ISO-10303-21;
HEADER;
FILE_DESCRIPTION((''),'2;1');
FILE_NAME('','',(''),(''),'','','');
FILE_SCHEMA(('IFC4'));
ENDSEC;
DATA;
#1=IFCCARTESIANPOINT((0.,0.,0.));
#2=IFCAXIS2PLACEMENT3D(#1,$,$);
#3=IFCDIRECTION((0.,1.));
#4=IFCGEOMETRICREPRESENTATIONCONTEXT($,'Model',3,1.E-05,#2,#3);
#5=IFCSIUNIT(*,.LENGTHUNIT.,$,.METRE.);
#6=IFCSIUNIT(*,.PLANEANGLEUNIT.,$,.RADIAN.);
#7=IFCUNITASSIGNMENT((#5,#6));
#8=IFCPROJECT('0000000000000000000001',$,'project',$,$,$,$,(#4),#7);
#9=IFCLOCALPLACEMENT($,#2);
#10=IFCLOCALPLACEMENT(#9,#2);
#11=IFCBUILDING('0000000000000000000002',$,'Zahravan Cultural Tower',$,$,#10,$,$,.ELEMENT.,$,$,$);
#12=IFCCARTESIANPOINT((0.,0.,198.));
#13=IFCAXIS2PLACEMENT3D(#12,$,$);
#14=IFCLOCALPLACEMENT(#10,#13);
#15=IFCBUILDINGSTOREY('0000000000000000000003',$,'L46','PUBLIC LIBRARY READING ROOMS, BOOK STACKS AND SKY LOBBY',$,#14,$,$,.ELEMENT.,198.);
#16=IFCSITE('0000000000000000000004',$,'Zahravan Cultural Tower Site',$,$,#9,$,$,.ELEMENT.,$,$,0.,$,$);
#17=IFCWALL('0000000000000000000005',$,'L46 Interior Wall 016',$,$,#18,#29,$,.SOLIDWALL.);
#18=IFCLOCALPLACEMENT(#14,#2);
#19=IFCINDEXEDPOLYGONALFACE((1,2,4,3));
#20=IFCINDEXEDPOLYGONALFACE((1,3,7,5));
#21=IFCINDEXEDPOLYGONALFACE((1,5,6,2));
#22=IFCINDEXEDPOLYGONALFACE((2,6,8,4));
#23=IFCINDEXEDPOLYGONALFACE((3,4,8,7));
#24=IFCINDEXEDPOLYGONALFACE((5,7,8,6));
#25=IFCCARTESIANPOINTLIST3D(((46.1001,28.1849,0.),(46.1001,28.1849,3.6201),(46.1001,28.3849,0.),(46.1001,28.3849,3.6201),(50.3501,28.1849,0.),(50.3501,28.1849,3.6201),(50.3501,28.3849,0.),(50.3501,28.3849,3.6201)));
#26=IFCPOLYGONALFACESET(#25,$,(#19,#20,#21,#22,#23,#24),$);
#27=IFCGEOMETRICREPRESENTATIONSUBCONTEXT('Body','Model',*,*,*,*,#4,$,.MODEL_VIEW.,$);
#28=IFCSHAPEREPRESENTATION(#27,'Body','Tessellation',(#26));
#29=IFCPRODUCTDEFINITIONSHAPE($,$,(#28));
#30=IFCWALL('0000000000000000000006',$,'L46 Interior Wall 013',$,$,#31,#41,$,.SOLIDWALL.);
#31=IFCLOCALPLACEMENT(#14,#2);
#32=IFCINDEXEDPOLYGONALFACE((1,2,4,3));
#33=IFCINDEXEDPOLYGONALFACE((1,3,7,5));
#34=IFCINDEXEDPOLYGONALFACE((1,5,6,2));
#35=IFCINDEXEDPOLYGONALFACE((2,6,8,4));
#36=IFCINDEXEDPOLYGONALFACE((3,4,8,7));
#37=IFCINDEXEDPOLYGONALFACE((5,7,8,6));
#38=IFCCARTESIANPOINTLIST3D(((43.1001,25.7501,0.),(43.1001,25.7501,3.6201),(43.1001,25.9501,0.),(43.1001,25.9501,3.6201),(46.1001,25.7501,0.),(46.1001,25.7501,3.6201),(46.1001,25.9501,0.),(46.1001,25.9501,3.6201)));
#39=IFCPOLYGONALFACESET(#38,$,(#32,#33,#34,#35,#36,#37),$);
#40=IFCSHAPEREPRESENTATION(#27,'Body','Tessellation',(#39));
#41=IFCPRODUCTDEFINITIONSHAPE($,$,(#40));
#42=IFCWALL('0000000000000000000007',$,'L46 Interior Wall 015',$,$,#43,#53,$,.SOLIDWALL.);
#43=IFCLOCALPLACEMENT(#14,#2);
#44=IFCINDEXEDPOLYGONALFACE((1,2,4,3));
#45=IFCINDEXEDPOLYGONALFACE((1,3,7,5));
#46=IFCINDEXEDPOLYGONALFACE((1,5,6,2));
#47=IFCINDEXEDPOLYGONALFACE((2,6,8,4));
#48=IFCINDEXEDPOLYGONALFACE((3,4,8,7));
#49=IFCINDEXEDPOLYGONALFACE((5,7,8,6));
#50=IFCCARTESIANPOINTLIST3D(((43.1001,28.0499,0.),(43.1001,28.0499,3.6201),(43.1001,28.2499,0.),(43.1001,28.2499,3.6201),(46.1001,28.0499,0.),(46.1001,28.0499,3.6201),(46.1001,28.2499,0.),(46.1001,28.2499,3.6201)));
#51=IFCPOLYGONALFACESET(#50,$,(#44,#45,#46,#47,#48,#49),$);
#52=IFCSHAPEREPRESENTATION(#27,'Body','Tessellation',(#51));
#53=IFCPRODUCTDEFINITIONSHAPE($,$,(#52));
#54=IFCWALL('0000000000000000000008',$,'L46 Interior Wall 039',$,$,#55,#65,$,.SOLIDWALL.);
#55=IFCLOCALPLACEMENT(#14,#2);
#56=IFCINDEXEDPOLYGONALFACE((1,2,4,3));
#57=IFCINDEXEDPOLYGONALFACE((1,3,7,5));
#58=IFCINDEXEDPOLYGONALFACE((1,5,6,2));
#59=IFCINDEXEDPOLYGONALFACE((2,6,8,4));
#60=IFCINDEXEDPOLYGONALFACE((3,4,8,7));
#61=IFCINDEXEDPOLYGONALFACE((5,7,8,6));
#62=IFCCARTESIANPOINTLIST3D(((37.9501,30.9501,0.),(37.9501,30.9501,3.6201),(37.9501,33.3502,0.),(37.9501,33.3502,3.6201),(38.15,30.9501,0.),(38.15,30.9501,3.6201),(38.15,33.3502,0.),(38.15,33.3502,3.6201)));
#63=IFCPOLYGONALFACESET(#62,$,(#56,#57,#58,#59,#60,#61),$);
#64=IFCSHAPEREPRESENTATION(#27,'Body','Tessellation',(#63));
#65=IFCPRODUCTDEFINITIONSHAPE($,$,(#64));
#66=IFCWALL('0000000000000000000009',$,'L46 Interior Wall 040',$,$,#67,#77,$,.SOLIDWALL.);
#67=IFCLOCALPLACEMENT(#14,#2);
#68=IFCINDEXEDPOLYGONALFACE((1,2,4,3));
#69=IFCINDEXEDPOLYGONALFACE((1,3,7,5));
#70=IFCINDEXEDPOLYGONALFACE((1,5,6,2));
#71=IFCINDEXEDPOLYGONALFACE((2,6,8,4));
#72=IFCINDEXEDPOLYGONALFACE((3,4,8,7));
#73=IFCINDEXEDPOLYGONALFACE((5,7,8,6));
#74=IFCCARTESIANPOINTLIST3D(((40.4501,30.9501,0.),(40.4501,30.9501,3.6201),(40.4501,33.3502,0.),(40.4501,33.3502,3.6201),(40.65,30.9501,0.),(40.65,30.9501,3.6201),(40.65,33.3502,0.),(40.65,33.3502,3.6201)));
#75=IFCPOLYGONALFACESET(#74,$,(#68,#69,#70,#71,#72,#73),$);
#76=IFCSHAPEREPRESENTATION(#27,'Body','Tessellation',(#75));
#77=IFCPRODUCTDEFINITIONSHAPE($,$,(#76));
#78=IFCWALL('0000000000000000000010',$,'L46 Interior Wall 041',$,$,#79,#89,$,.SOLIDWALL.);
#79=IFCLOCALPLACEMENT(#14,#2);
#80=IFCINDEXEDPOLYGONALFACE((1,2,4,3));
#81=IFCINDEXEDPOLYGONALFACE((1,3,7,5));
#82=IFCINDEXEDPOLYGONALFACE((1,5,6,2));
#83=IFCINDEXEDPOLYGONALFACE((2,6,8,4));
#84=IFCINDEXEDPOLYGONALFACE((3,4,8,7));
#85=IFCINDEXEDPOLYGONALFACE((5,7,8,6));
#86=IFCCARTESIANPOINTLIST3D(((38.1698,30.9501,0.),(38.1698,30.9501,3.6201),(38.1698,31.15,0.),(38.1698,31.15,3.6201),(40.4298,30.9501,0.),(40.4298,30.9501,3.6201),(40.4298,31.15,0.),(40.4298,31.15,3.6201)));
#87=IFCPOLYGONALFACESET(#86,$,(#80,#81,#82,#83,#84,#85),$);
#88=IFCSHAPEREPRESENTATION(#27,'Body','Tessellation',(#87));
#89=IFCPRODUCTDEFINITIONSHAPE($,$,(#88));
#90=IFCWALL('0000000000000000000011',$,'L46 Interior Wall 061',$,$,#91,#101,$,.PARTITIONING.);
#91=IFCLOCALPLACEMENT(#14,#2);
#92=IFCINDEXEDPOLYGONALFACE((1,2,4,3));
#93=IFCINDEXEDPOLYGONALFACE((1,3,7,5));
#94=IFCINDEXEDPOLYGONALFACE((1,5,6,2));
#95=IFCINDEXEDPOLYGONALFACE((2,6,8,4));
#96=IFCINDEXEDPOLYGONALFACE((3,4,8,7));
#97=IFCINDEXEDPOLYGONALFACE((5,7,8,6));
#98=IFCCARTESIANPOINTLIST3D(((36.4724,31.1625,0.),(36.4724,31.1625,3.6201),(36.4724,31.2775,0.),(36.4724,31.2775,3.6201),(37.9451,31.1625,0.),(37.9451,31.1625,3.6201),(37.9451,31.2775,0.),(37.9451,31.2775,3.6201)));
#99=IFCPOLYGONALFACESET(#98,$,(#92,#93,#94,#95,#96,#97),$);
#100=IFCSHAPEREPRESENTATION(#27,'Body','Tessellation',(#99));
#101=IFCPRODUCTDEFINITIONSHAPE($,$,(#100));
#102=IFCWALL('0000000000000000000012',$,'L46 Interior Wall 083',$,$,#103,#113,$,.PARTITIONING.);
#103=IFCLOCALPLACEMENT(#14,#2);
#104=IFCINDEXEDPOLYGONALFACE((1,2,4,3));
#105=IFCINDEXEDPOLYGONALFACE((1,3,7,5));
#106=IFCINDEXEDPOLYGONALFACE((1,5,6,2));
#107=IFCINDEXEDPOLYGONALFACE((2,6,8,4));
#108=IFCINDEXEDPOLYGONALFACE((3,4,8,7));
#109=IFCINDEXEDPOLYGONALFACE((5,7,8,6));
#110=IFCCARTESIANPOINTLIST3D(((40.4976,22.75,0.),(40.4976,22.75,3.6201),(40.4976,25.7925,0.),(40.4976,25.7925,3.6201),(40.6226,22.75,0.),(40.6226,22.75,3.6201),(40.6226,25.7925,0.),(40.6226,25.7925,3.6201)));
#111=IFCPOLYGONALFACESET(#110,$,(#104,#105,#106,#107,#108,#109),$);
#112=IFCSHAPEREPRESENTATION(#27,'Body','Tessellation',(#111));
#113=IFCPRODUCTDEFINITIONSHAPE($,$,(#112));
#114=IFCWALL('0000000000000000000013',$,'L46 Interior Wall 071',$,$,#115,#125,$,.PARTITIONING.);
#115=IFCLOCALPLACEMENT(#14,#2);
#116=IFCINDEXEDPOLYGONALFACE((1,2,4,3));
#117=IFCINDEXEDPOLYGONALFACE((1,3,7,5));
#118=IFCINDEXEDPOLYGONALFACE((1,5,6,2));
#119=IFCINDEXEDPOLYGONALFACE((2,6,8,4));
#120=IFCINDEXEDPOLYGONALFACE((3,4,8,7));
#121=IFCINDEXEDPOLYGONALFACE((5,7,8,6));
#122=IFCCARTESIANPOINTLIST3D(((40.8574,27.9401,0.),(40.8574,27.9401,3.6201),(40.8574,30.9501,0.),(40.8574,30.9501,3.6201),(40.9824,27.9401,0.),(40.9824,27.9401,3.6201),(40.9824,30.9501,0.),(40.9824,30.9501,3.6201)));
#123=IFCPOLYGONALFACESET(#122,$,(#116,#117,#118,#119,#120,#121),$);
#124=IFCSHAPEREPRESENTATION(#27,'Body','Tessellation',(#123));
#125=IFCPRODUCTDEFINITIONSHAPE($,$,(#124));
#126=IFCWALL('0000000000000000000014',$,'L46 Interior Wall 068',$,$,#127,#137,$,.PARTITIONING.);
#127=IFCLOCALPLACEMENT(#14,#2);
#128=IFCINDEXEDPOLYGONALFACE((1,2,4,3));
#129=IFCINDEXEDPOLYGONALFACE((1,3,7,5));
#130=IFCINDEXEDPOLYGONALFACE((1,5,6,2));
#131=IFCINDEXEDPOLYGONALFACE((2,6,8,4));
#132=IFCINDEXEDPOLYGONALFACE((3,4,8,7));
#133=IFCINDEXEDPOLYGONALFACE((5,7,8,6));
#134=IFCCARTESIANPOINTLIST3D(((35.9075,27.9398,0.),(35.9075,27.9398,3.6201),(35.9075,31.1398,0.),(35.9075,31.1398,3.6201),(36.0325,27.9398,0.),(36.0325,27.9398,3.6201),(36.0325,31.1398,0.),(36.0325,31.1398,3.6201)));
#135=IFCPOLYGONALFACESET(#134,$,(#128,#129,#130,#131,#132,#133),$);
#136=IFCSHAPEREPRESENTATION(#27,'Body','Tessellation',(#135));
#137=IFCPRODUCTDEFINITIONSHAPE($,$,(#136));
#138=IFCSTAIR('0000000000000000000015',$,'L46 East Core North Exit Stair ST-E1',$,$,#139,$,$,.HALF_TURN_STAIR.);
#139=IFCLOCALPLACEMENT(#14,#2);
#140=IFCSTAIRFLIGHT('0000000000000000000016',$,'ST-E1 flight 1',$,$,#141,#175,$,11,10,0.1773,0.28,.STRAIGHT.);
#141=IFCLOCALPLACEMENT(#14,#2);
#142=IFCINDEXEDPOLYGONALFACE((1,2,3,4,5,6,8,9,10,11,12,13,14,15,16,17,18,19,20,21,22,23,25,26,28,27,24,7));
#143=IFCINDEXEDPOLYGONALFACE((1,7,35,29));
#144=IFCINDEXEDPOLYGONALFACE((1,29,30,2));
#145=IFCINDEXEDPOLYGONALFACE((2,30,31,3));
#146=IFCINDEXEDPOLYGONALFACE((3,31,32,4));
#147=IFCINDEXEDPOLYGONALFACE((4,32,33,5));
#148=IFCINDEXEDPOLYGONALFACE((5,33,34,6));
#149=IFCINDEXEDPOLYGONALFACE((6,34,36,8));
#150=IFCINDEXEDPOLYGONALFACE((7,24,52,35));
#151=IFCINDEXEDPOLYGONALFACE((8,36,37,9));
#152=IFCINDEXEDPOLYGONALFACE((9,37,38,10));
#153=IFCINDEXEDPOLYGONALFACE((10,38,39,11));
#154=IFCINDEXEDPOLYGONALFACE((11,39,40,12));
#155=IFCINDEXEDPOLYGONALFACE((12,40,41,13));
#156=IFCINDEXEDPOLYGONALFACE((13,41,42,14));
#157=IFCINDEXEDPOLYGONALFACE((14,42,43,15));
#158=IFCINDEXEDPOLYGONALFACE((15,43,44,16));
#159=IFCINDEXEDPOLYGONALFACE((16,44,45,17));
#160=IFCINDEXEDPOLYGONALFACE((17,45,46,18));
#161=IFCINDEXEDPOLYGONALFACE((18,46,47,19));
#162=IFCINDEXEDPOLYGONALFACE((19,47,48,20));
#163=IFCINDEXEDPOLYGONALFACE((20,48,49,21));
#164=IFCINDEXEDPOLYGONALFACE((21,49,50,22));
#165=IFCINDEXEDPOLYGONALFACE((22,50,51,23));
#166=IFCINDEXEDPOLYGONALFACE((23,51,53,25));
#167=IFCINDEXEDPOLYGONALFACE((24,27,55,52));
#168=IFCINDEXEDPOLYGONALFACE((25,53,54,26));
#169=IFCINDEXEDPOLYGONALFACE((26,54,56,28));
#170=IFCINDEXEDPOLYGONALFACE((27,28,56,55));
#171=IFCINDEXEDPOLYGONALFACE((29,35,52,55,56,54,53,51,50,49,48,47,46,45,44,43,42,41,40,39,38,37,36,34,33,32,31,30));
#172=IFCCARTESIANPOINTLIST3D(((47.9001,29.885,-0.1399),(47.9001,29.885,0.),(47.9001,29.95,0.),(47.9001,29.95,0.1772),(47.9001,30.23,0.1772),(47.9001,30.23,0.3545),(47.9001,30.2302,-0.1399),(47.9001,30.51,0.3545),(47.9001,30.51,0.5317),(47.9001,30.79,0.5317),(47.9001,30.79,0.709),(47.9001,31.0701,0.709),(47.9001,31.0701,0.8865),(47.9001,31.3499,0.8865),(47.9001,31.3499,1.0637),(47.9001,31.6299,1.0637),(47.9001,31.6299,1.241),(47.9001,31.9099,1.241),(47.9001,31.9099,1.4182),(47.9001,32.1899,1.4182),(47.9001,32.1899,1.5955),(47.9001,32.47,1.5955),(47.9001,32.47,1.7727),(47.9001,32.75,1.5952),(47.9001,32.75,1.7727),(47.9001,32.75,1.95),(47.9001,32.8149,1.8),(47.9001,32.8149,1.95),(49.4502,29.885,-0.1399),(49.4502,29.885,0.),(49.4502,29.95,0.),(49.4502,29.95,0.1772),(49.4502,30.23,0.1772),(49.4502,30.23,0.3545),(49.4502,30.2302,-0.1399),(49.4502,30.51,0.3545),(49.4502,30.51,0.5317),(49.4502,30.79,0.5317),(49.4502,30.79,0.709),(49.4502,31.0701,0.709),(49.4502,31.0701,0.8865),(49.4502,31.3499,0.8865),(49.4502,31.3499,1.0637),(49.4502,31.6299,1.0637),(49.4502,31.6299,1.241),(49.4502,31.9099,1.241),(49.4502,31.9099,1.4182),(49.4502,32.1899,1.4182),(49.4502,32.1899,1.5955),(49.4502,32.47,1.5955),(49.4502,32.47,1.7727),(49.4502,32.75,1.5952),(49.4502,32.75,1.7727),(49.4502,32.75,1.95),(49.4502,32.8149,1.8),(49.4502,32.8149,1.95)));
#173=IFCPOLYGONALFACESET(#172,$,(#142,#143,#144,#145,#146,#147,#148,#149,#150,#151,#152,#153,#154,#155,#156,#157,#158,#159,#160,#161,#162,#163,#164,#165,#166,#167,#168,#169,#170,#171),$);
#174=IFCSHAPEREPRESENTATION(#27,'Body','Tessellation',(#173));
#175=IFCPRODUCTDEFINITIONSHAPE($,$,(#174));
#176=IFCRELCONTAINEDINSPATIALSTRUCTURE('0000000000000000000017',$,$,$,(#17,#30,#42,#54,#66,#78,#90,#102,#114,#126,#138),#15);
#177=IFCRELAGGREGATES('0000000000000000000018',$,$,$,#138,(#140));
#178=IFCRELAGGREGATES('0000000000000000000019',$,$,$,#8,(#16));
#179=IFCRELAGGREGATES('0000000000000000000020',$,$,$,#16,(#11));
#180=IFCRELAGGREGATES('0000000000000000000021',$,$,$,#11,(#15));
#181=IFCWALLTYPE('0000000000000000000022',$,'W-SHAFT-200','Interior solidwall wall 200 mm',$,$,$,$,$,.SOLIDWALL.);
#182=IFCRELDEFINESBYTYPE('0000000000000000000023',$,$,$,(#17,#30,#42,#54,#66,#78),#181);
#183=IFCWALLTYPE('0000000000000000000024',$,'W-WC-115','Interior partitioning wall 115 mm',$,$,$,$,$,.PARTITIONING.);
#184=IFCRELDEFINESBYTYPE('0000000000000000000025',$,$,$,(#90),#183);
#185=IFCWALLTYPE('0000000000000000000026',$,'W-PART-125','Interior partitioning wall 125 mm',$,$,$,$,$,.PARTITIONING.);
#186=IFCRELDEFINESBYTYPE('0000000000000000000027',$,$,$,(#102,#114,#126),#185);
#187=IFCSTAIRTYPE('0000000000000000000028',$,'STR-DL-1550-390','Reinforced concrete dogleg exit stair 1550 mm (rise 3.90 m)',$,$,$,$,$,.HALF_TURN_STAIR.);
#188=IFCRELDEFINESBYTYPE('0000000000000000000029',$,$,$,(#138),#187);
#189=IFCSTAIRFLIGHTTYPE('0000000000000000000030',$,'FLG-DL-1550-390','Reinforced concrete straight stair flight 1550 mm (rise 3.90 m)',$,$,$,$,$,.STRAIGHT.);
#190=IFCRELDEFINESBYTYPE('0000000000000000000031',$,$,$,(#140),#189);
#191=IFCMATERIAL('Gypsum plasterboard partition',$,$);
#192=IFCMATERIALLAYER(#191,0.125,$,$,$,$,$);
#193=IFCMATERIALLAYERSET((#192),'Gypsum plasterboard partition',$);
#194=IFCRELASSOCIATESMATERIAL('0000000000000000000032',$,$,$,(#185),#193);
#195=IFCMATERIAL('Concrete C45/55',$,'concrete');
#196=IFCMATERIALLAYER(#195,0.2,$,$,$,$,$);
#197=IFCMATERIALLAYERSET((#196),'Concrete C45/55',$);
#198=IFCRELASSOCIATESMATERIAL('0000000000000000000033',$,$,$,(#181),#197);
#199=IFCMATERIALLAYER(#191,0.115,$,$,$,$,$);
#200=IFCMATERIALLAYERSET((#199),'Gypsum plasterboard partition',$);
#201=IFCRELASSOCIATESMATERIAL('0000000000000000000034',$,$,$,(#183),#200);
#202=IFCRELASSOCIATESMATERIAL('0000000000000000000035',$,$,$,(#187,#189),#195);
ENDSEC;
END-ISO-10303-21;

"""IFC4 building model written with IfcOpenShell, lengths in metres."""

from ifc_helpers import new_model, si_unit, direction, frame, frame_2d, origin, place, context, subcontext, project, spatial, polyline, rectangle, outline, extrude, source, transform, mapped, material, layer, layer_set, type_object, element, aggregate, save


model = new_model("IFC4")

# Units and contexts
model_context = context("Model", 3, precision=1e-05, world=origin(), true_north=direction((0.0, 1.0)))
body_context = subcontext(model_context, "Body", "Model", "MODEL_VIEW")
ifc_project = project(units=[si_unit("LENGTHUNIT", "METRE"), si_unit("PLANEANGLEUNIT", "RADIAN")], contexts=[model_context])

# Site, building, storey
site_placement = place(None, origin())
site = spatial("IfcSite", under=ifc_project, at=site_placement, Name="Zahravan Cultural Tower Site", CompositionType="ELEMENT", RefElevation=0.0)
building_placement = place(site_placement, origin())
building = spatial("IfcBuilding", under=site, at=building_placement, Name="Zahravan Cultural Tower", CompositionType="ELEMENT")
storey_placement = place(building_placement, frame((0.0, 0.0, 198.0)))
storey = spatial("IfcBuildingStorey", under=building, at=storey_placement, Name="L46", Description="PUBLIC LIBRARY READING ROOMS, BOOK STACKS AND SKY LOBBY", CompositionType="ELEMENT", Elevation=198.0)

# Shared definitions
ifc_material_1 = material(Name="Gypsum plasterboard partition")
ifc_layer_1 = layer(ifc_material_1, 0.125)
ifc_layer_set_1 = layer_set([ifc_layer_1], Name="Gypsum plasterboard partition")
wall_type_1 = type_object("IfcWallType", Name="W-PART-125", Description="Interior partitioning wall 125 mm", PredefinedType="PARTITIONING", material=ifc_layer_set_1)
ifc_material_2 = material(Name="Concrete C45/55", Category="concrete")
ifc_layer_2 = layer(ifc_material_2, 0.2)
ifc_layer_set_2 = layer_set([ifc_layer_2], Name="Concrete C45/55")
wall_type_2 = type_object("IfcWallType", Name="W-SHAFT-200", Description="Interior solidwall wall 200 mm", PredefinedType="SOLIDWALL", material=ifc_layer_set_2)
ifc_layer_3 = layer(ifc_material_1, 0.115)
ifc_layer_set_3 = layer_set([ifc_layer_3], Name="Gypsum plasterboard partition")
wall_type_3 = type_object("IfcWallType", Name="W-WC-115", Description="Interior partitioning wall 115 mm", PredefinedType="PARTITIONING", material=ifc_layer_set_3)

# Walls
shared_shape_1 = source(origin(), body_context, "Body", "SweptSolid", [
    extrude(rectangle(XDim=4.25, YDim=0.2, at=frame_2d((2.125, 0.0))), origin(), (0.0, 0.0, 1.0), 3.6201),
])
for number, where, z_axis, x_axis, name in (
    (1, (46.1001, 28.2849, 0.0), (0.0, 0.0, 1.0), (1.0, 0.0, 0.0), "L46 Interior Wall 016"),
):
    element("IfcWall", number, at=place(storey_placement, frame(where, z_axis=z_axis, x_axis=x_axis)), inside=storey, type_object=wall_type_2, Name=name, PredefinedType="SOLIDWALL", context=body_context, shape_type="MappedRepresentation", body=[
        mapped(shared_shape_1, transform((0.0, 0.0, 0.0), x_axis=(1.0, 0.0, 0.0), y_axis=(0.0, 1.0, 0.0), z_axis=(0.0, 0.0, 1.0), scale=1.0)),
    ])
shared_shape_2 = source(origin(), body_context, "Body", "SweptSolid", [
    extrude(rectangle(XDim=3.0, YDim=0.2, at=frame_2d((1.5, 0.0))), origin(), (0.0, 0.0, 1.0), 3.6201),
])
for number, where, z_axis, x_axis, name in (
    (2, (43.1001, 25.8501, 0.0), (0.0, 0.0, 1.0), (1.0, 0.0, 0.0), "L46 Interior Wall 013"),
    (3, (43.1001, 28.1499, 0.0), (0.0, 0.0, 1.0), (1.0, 0.0, 0.0), "L46 Interior Wall 015"),
):
    element("IfcWall", number, at=place(storey_placement, frame(where, z_axis=z_axis, x_axis=x_axis)), inside=storey, type_object=wall_type_2, Name=name, PredefinedType="SOLIDWALL", context=body_context, shape_type="MappedRepresentation", body=[
        mapped(shared_shape_2, transform((0.0, 0.0, 0.0), x_axis=(1.0, 0.0, 0.0), y_axis=(0.0, 1.0, 0.0), z_axis=(0.0, 0.0, 1.0), scale=1.0)),
    ])
shared_shape_3 = source(origin(), body_context, "Body", "SweptSolid", [
    extrude(rectangle(XDim=2.4001, YDim=0.2, at=frame_2d((1.2002, 0.0))), origin(), (0.0, 0.0, 1.0), 3.6201),
])
for number, where, z_axis, x_axis, name in (
    (4, (38.05, 30.95, 0.0), (0.0, 0.0, 1.0), (0.0, 1.0, 0.0), "L46 Interior Wall 039"),
    (5, (40.55, 30.95, 0.0), (0.0, 0.0, 1.0), (0.0, 1.0, 0.0), "L46 Interior Wall 040"),
):
    element("IfcWall", number, at=place(storey_placement, frame(where, z_axis=z_axis, x_axis=x_axis)), inside=storey, type_object=wall_type_2, Name=name, PredefinedType="SOLIDWALL", context=body_context, shape_type="MappedRepresentation", body=[
        mapped(shared_shape_3, transform((0.0, 0.0, 0.0), x_axis=(1.0, 0.0, 0.0), y_axis=(0.0, 1.0, 0.0), z_axis=(0.0, 0.0, 1.0), scale=1.0)),
    ])
shared_shape_4 = source(origin(), body_context, "Body", "SweptSolid", [
    extrude(rectangle(XDim=2.26, YDim=0.2, at=frame_2d((1.1299, 0.0))), origin(), (0.0, 0.0, 1.0), 3.6201),
])
wall_1_placement = place(storey_placement, frame((38.1699, 31.05, 0.0), z_axis=(0.0, 0.0, 1.0), x_axis=(1.0, 0.0, 0.0)))
element("IfcWall", 6, at=wall_1_placement, inside=storey, type_object=wall_type_2, Name="L46 Interior Wall 041", PredefinedType="SOLIDWALL", context=body_context, shape_type="MappedRepresentation", body=[
    mapped(shared_shape_4, transform((0.0, 0.0, 0.0), x_axis=(1.0, 0.0, 0.0), y_axis=(0.0, 1.0, 0.0), z_axis=(0.0, 0.0, 1.0), scale=1.0)),
])
shared_shape_5 = source(origin(), body_context, "Body", "SweptSolid", [
    extrude(rectangle(XDim=1.4727, YDim=0.115, at=frame_2d((0.7363, 0.0))), origin(), (0.0, 0.0, 1.0), 3.6201),
])
wall_2_placement = place(storey_placement, frame((37.9451, 31.22, 0.0), z_axis=(0.0, 0.0, 1.0), x_axis=(-1.0, 0.0, 0.0)))
element("IfcWall", 7, at=wall_2_placement, inside=storey, type_object=wall_type_3, Name="L46 Interior Wall 061", PredefinedType="PARTITIONING", context=body_context, shape_type="MappedRepresentation", body=[
    mapped(shared_shape_5, transform((0.0, 0.0, 0.0), x_axis=(1.0, 0.0, 0.0), y_axis=(0.0, 1.0, 0.0), z_axis=(0.0, 0.0, 1.0), scale=1.0)),
])
shared_shape_6 = source(origin(), body_context, "Body", "SweptSolid", [
    extrude(rectangle(XDim=3.0425, YDim=0.125, at=frame_2d((1.5212, 0.0))), origin(), (0.0, 0.0, 1.0), 3.6201),
])
wall_3_placement = place(storey_placement, frame((40.5601, 25.7925, 0.0), z_axis=(0.0, 0.0, 1.0), x_axis=(0.0, -1.0, 0.0)))
element("IfcWall", 8, at=wall_3_placement, inside=storey, type_object=wall_type_1, Name="L46 Interior Wall 083", PredefinedType="PARTITIONING", context=body_context, shape_type="MappedRepresentation", body=[
    mapped(shared_shape_6, transform((0.0, 0.0, 0.0), x_axis=(1.0, 0.0, 0.0), y_axis=(0.0, 1.0, 0.0), z_axis=(0.0, 0.0, 1.0), scale=1.0)),
])
shared_shape_7 = source(origin(), body_context, "Body", "SweptSolid", [
    extrude(rectangle(XDim=3.01, YDim=0.125, at=frame_2d((1.5049, 0.0))), origin(), (0.0, 0.0, 1.0), 3.6201),
])
wall_4_placement = place(storey_placement, frame((40.9199, 30.95, 0.0), z_axis=(0.0, 0.0, 1.0), x_axis=(0.0, -1.0, 0.0)))
element("IfcWall", 9, at=wall_4_placement, inside=storey, type_object=wall_type_1, Name="L46 Interior Wall 071", PredefinedType="PARTITIONING", context=body_context, shape_type="MappedRepresentation", body=[
    mapped(shared_shape_7, transform((0.0, 0.0, 0.0), x_axis=(1.0, 0.0, 0.0), y_axis=(0.0, 1.0, 0.0), z_axis=(0.0, 0.0, 1.0), scale=1.0)),
])
shared_shape_8 = source(origin(), body_context, "Body", "SweptSolid", [
    extrude(rectangle(XDim=3.2, YDim=0.125, at=frame_2d((1.6001, 0.0))), origin(), (0.0, 0.0, 1.0), 3.6201),
])
wall_5_placement = place(storey_placement, frame((35.97, 31.1399, 0.0), z_axis=(0.0, 0.0, 1.0), x_axis=(0.0, -1.0, 0.0)))
element("IfcWall", 10, at=wall_5_placement, inside=storey, type_object=wall_type_1, Name="L46 Interior Wall 068", PredefinedType="PARTITIONING", context=body_context, shape_type="MappedRepresentation", body=[
    mapped(shared_shape_8, transform((0.0, 0.0, 0.0), x_axis=(1.0, 0.0, 0.0), y_axis=(0.0, 1.0, 0.0), z_axis=(0.0, 0.0, 1.0), scale=1.0)),
])

# Stair, stair flight
stair_type = type_object("IfcStairType", Name="STR-DL-1550-390", Description="Reinforced concrete dogleg exit stair 1550 mm (rise 3.90 m)", PredefinedType="HALF_TURN_STAIR", material=ifc_material_2)
stair_placement = place(storey_placement, origin())
stair = element("IfcStair", 11, at=stair_placement, inside=storey, type_object=stair_type, Name="L46 East Core North Exit Stair ST-E1", PredefinedType="HALF_TURN_STAIR")
stair_flight_type = type_object("IfcStairFlightType", Name="FLG-DL-1550-390", Description="Reinforced concrete straight stair flight 1550 mm (rise 3.90 m)", PredefinedType="STRAIGHT", material=ifc_material_2)
stair_flight_1_placement = place(storey_placement, frame((48.675, 29.95, 0.0), z_axis=(0.0, 0.0, 1.0), x_axis=(0.0, 1.0, 0.0)))
stair_flight_1 = element("IfcStairFlight", 12, at=stair_flight_1_placement, type_object=stair_flight_type, Name="ST-E1 flight 1", NumberOfRisers=11, NumberOfTreads=10, PredefinedType="STRAIGHT", RiserHeight=0.1773, TreadLength=0.28, context=body_context, shape_type="SweptSolid", body=[
    extrude(outline(polyline([(-0.0649, -0.1399), (-0.0649, 0.0), (0.0, 0.0), (0.0, 0.1772), (0.28, 0.1772), (0.28, 0.3545), (0.5601, 0.3545), (0.5601, 0.5317), (0.8401, 0.5317), (0.8401, 0.709), (1.1201, 0.709), (1.1201, 0.8865), (1.3999, 0.8865), (1.3999, 1.0637), (1.6799, 1.0637), (1.6799, 1.241), (1.96, 1.241), (1.96, 1.4182), (2.24, 1.4182), (2.24, 1.5955), (2.52, 1.5955), (2.52, 1.7727), (2.8, 1.7727), (2.8, 1.95), (2.865, 1.95), (2.865, 1.8), (2.8, 1.5952), (0.2803, -0.1399), (-0.0649, -0.1399)])), frame((0.0, 0.7749, 0.0), z_axis=(0.0, -1.0, 0.0), x_axis=(1.0, 0.0, 0.0)), (0.0, 0.0, 1.0), 1.55),
])
aggregate(stair, [stair_flight_1])

save(model, "model.ifc")
